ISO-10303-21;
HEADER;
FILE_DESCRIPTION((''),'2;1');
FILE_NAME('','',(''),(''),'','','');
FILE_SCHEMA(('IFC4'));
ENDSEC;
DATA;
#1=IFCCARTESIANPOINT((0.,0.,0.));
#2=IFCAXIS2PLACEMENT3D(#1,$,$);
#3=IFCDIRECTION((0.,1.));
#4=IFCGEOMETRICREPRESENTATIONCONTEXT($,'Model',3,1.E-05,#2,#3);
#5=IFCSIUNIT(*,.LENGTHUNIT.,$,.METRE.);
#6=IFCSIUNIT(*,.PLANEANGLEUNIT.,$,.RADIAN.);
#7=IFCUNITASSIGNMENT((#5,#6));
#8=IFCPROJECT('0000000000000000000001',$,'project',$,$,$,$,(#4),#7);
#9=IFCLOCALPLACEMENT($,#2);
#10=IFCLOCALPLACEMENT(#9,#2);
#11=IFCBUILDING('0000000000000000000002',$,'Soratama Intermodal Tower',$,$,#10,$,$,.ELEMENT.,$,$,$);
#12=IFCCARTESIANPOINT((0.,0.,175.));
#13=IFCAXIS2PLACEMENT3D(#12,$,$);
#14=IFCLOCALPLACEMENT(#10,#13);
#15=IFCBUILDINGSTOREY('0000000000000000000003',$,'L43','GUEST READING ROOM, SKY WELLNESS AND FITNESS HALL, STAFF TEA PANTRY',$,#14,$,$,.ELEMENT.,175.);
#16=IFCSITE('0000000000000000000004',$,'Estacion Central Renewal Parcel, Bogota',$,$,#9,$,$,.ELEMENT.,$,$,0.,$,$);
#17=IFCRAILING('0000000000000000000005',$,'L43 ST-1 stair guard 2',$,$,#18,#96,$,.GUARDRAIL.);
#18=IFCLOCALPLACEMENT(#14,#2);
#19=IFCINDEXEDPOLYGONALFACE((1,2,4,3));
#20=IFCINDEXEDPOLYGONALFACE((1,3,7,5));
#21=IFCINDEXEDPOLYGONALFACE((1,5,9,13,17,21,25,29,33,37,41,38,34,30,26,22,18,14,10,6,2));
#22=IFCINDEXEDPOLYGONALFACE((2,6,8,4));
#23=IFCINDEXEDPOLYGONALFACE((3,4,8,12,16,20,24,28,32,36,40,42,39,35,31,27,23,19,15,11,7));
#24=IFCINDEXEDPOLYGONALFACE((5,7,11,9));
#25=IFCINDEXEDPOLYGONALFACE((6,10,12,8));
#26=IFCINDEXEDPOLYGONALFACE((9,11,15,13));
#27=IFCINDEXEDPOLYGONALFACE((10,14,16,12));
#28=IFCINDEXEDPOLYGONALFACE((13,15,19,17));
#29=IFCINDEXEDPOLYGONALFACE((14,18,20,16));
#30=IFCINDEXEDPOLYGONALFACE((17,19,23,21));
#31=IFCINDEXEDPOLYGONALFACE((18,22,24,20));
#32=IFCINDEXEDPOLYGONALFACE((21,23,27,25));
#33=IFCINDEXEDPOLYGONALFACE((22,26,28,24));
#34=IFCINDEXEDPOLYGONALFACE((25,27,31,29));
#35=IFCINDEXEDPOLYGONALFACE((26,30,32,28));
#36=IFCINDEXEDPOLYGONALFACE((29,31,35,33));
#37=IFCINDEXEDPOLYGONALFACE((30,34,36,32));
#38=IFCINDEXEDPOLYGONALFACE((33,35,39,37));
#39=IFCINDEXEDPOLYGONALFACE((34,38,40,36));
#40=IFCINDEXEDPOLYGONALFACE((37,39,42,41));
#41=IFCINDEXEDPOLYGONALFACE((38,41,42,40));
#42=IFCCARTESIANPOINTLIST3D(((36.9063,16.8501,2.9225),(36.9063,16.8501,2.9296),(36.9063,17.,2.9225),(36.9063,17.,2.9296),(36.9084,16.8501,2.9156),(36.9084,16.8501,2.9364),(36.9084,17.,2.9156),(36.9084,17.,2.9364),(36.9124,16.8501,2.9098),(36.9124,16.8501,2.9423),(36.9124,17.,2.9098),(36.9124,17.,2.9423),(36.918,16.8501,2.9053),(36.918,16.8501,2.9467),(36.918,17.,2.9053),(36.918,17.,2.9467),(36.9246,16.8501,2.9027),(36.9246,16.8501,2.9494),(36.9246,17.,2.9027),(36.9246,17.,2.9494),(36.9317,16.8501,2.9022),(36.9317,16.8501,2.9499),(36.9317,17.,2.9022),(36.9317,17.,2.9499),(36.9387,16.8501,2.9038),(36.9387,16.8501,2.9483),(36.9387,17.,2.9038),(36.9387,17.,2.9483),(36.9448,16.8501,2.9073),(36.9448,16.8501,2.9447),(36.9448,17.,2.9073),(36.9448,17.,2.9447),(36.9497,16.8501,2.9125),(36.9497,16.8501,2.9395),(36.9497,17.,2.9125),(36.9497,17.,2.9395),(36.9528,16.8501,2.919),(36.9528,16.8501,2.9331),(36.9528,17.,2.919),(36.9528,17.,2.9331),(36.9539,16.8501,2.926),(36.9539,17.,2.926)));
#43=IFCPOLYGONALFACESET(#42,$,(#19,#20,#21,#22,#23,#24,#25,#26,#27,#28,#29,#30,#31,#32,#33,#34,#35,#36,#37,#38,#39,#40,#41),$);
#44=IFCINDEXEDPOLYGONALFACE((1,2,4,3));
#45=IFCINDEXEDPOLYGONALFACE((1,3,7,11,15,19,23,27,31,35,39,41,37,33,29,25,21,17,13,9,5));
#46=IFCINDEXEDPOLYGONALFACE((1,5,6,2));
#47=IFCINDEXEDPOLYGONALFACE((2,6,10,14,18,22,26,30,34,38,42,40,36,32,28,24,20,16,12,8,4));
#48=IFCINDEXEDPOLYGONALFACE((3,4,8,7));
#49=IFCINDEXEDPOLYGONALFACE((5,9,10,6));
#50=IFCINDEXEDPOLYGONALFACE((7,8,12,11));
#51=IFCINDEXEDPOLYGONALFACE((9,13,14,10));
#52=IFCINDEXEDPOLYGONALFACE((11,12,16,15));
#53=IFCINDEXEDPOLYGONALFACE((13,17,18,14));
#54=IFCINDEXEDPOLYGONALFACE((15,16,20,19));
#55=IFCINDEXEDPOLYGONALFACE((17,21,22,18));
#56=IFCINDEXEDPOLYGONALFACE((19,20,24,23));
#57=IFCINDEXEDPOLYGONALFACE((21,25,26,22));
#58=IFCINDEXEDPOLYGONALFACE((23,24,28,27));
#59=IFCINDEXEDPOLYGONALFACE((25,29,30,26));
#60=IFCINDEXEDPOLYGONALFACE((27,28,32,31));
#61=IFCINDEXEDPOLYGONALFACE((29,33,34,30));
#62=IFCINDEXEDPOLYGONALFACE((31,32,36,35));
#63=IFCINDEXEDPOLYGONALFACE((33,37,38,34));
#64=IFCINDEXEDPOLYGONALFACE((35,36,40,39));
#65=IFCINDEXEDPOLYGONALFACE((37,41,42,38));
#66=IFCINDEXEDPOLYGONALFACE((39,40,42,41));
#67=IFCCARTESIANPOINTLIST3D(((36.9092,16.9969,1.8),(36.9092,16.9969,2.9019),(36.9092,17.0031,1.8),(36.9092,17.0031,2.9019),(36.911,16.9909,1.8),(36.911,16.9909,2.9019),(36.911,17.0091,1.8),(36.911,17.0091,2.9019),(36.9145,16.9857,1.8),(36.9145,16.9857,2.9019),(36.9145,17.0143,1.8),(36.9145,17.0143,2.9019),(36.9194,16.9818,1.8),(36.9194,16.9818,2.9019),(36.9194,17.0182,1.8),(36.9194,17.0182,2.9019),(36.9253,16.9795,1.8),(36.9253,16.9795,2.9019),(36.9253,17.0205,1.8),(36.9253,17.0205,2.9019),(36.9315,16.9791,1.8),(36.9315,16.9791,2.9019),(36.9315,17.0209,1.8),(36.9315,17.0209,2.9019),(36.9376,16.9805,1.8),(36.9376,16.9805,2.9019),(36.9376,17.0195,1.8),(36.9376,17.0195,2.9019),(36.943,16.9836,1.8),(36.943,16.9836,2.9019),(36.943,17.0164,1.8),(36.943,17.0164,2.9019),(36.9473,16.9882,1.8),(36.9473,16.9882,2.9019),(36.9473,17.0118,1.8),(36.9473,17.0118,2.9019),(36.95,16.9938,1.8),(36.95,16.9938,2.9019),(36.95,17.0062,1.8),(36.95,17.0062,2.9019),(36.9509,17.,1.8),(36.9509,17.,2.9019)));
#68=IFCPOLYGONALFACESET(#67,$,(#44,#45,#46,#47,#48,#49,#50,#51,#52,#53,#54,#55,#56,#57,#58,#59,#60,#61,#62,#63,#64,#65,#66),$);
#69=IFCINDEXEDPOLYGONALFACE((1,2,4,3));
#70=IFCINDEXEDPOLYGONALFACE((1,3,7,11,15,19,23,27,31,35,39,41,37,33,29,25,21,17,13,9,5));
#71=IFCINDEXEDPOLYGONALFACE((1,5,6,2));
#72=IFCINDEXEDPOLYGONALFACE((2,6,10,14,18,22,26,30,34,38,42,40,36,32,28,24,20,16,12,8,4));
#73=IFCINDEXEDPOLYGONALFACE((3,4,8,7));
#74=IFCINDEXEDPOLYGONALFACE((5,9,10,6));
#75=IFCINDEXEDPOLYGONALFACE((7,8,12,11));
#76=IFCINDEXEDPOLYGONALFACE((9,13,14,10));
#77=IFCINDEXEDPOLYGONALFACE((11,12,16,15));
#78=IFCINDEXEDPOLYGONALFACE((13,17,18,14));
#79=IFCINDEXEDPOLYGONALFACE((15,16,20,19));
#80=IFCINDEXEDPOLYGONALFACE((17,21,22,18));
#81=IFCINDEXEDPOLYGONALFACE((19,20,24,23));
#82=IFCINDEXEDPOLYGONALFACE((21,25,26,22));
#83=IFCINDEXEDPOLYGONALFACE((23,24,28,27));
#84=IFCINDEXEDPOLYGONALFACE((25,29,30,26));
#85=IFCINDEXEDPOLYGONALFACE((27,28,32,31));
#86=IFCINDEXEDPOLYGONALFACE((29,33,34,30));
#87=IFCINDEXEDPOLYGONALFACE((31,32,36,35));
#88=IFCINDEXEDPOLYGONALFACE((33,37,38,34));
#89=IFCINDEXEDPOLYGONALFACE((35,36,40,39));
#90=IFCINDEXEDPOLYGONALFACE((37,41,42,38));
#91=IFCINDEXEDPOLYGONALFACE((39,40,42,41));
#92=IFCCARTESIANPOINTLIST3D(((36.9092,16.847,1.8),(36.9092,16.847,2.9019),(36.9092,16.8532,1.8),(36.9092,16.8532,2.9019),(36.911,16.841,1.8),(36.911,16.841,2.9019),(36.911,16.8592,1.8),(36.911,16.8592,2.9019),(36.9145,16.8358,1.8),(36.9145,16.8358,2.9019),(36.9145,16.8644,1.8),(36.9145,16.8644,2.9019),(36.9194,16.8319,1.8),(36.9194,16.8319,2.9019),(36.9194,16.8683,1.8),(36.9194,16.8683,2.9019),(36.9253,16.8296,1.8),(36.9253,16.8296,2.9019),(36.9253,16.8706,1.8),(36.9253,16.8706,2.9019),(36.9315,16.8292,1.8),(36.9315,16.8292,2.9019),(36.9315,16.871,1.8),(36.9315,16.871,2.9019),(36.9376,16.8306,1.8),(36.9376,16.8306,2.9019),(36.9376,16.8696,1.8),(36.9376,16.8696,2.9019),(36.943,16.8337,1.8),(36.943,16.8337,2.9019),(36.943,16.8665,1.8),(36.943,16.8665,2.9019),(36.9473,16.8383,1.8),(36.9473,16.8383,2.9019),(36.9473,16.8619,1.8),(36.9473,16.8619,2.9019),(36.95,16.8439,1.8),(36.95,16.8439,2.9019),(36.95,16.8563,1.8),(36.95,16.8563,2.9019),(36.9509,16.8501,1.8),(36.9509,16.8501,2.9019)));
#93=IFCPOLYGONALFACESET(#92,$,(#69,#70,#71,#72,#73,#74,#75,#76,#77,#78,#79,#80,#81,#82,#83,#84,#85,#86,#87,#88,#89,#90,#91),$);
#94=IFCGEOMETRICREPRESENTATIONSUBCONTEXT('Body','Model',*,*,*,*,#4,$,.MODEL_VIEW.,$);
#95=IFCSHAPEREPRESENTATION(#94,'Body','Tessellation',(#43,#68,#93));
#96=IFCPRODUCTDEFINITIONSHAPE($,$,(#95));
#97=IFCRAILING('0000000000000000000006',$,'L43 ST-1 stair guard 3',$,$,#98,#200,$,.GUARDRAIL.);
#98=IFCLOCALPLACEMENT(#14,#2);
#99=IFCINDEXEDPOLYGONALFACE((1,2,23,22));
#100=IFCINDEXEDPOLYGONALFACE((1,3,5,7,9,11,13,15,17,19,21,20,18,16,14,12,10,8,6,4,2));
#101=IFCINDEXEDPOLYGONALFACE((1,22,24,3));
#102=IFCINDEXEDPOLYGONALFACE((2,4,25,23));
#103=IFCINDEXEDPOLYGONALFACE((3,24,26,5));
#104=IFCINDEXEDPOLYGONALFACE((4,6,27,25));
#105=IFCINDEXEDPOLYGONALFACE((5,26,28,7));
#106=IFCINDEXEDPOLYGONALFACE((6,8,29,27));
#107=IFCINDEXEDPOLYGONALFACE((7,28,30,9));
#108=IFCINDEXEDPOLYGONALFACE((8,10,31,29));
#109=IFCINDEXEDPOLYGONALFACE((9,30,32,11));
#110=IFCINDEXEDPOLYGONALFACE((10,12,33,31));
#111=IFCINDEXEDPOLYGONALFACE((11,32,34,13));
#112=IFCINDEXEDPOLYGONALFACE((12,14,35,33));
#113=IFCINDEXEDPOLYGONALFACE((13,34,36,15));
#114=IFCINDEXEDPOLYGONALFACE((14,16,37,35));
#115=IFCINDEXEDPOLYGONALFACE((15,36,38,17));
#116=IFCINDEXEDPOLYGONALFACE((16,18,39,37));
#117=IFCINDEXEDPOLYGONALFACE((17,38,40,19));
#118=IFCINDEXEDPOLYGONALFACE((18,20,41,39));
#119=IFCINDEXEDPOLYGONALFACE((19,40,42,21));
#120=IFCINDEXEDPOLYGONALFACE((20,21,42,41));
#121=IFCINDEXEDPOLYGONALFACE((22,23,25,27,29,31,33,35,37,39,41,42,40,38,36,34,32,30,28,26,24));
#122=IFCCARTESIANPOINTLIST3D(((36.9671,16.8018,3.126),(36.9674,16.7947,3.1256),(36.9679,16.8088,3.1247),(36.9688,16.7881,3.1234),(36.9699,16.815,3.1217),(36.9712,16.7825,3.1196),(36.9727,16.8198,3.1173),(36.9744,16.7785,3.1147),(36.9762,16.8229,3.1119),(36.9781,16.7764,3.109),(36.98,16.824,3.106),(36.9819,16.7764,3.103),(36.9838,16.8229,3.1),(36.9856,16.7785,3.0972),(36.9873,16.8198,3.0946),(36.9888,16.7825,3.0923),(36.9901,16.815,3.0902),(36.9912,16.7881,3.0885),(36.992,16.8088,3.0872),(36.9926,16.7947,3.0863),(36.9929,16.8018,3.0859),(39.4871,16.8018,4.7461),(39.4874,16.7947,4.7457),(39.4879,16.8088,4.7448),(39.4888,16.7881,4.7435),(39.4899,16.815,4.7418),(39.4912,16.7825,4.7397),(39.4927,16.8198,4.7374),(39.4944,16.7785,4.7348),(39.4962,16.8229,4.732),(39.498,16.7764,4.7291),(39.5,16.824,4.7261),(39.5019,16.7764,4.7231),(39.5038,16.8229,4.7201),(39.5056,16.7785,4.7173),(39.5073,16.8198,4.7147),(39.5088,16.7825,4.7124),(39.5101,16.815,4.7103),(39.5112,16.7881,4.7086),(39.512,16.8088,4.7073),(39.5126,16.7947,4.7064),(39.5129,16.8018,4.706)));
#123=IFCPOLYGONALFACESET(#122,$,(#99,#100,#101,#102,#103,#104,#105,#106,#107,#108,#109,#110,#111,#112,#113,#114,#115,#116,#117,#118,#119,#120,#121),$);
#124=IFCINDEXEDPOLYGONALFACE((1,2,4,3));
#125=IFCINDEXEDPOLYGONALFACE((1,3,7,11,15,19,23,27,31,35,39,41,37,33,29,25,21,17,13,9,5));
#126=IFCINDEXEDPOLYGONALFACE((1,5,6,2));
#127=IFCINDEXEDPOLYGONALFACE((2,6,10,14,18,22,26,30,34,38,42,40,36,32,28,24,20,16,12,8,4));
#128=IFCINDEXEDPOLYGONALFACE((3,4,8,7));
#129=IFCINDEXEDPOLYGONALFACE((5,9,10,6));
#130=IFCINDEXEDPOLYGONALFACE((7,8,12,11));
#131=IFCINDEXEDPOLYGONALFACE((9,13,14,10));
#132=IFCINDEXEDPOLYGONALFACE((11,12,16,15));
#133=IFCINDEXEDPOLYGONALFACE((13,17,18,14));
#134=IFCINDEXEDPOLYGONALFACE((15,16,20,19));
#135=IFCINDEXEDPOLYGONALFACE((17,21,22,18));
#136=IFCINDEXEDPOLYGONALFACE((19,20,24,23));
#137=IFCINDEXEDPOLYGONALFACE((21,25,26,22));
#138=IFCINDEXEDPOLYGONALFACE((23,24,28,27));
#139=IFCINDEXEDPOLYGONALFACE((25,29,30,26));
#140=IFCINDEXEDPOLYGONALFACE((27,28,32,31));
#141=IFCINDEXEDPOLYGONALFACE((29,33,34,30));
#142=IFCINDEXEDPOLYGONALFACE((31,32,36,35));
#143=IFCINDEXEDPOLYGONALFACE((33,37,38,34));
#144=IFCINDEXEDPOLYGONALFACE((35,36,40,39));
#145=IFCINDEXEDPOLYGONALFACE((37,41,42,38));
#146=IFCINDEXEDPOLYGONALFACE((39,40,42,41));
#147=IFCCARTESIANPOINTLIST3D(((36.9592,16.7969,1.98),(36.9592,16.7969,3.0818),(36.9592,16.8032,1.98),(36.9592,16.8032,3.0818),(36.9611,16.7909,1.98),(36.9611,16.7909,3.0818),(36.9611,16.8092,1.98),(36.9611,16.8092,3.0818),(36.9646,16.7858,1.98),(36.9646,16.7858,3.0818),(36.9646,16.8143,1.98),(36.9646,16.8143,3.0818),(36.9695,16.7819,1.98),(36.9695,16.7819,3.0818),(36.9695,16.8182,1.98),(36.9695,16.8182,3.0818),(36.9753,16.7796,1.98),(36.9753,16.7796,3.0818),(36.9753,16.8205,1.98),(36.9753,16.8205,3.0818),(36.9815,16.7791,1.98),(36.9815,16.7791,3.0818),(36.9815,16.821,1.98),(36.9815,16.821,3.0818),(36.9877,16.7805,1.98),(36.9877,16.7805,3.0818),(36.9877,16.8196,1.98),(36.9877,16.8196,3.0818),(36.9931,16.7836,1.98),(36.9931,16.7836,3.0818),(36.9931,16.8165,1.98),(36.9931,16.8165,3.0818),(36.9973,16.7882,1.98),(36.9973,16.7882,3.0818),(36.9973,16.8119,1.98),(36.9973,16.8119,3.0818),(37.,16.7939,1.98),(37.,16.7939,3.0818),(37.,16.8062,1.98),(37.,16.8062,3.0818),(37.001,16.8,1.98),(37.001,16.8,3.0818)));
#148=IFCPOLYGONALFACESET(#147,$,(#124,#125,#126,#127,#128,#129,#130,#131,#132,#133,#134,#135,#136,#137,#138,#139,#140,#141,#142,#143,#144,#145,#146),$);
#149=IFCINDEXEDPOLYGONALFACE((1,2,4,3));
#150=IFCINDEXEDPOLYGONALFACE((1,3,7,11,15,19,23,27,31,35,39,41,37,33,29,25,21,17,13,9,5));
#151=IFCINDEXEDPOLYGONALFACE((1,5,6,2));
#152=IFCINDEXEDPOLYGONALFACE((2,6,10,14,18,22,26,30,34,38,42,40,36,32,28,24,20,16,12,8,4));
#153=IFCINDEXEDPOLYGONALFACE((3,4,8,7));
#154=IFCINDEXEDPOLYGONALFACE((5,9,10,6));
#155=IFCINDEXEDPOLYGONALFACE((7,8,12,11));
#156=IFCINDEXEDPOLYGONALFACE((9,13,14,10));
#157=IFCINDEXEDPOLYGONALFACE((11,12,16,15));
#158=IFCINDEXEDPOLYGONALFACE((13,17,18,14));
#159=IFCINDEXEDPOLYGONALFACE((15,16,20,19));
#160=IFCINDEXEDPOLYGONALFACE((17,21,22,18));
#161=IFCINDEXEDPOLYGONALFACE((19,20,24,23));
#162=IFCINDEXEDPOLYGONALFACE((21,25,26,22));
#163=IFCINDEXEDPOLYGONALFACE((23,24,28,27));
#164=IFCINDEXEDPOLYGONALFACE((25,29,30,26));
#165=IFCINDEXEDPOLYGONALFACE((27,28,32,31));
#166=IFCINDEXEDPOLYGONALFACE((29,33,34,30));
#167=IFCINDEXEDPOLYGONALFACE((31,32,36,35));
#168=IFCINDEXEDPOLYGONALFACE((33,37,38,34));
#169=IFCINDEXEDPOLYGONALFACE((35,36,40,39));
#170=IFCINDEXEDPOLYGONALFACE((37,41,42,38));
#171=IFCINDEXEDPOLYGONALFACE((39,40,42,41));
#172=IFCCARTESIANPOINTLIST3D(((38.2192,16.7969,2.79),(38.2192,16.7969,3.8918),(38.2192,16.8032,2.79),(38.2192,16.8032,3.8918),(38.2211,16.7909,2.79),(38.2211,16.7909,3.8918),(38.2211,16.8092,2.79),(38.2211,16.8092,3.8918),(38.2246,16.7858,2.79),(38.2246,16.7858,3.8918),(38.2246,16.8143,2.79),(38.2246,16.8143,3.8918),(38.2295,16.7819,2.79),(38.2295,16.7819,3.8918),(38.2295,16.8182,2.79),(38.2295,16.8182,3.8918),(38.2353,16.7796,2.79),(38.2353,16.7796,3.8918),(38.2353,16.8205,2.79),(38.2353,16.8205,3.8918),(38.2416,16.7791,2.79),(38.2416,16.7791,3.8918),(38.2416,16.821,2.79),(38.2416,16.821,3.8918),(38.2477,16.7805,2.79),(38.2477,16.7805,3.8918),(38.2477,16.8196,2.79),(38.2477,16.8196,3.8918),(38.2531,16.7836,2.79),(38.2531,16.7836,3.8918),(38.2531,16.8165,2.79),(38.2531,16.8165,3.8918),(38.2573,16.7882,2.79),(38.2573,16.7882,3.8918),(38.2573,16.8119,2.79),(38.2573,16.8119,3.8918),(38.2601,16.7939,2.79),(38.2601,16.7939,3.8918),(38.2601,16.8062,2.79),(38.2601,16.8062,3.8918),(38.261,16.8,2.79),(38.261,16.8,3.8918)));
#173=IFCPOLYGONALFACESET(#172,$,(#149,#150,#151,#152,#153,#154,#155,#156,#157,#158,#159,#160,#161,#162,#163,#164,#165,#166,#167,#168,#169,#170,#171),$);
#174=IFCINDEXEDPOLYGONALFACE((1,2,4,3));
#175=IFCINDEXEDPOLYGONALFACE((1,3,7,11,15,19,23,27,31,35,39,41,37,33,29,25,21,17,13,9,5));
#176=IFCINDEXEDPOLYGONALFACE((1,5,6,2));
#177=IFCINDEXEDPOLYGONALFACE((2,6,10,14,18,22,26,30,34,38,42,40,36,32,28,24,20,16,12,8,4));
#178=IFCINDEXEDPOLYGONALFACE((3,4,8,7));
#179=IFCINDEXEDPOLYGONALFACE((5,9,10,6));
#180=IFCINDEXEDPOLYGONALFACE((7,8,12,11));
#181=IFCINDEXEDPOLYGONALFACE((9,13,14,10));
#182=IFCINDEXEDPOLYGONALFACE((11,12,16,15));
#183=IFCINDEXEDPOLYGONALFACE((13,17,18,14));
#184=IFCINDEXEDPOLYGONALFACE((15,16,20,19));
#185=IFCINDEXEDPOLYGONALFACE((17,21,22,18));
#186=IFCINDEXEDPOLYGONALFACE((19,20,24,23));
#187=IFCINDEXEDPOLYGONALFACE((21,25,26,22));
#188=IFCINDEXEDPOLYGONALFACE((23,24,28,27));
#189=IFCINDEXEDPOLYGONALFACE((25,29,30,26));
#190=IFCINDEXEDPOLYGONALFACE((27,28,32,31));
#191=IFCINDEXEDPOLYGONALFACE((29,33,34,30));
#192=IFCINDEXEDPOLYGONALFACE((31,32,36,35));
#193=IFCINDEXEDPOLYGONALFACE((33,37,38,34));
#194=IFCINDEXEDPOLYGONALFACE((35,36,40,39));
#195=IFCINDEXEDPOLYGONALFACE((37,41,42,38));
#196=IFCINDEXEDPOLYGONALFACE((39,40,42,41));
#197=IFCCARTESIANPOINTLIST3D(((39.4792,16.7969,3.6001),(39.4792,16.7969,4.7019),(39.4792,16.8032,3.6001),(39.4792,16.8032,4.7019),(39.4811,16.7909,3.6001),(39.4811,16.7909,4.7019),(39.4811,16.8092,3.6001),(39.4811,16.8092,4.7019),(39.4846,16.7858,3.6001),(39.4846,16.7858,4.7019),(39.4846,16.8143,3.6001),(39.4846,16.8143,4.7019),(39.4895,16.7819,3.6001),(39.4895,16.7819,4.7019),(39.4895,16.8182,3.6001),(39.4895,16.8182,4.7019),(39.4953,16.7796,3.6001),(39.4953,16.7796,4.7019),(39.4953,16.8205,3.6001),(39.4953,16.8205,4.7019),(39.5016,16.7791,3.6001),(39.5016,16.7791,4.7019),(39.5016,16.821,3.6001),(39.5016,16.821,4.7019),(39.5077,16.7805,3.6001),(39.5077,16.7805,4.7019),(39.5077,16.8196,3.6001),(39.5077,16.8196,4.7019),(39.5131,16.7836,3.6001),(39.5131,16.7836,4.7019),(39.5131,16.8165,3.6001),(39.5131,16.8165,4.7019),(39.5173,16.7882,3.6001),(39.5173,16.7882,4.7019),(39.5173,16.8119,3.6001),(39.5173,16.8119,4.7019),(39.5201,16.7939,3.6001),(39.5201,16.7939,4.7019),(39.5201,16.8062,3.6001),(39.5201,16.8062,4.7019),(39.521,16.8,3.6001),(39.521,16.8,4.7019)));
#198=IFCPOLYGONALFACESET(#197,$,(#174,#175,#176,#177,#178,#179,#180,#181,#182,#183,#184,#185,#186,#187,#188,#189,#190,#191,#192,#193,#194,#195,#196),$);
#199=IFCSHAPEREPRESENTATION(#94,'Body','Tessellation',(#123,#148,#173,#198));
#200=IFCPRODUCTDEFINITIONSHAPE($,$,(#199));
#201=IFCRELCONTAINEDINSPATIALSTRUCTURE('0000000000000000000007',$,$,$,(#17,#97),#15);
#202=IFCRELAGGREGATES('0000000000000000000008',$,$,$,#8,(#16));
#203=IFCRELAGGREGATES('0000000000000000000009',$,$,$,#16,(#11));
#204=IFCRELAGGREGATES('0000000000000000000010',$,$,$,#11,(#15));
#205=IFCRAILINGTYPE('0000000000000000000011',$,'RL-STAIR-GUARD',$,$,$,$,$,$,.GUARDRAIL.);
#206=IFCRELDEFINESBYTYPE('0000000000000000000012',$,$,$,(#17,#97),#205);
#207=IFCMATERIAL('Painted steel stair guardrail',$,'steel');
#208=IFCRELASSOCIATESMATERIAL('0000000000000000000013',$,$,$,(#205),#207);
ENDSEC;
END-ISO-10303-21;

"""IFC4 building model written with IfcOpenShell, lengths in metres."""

from ifc_helpers import new_model, si_unit, direction, frame, origin, origin_2d, place, context, subcontext, project, spatial, circle, extrude, material, type_object, element, save


model = new_model("IFC4")

# Units and contexts
model_context = context("Model", 3, precision=1e-05, world=origin(), true_north=direction((0.0, 1.0)))
body_context = subcontext(model_context, "Body", "Model", "MODEL_VIEW")
ifc_project = project(units=[si_unit("LENGTHUNIT", "METRE"), si_unit("PLANEANGLEUNIT", "RADIAN")], contexts=[model_context])

# Site, building, storey
site_placement = place(None, origin())
site = spatial("IfcSite", under=ifc_project, at=site_placement, Name="Estacion Central Renewal Parcel, Bogota", CompositionType="ELEMENT", RefElevation=0.0)
building_placement = place(site_placement, origin())
building = spatial("IfcBuilding", under=site, at=building_placement, Name="Soratama Intermodal Tower", CompositionType="ELEMENT")
storey_placement = place(building_placement, frame((0.0, 0.0, 175.0)))
storey = spatial("IfcBuildingStorey", under=building, at=storey_placement, Name="L43", Description="GUEST READING ROOM, SKY WELLNESS AND FITNESS HALL, STAFF TEA PANTRY", CompositionType="ELEMENT", Elevation=175.0)

# Railings
ifc_material_1 = material(Name="Painted steel stair guardrail", Category="steel")
railing_type_1 = type_object("IfcRailingType", Name="RL-STAIR-GUARD", PredefinedType="GUARDRAIL", material=ifc_material_1)
railing_1_placement = place(storey_placement, frame((36.9299, 17.0, 1.8)))
element("IfcRailing", 1, at=railing_1_placement, inside=storey, type_object=railing_type_1, Name="L43 ST-1 stair guard 2", PredefinedType="GUARDRAIL", context=body_context, shape_type="SweptSolid", body=[
    extrude(circle(Radius=0.0239, at=origin_2d()), frame((0.0, 0.0, 1.126), z_axis=(0.0, -1.0, 0.0), x_axis=(1.0, 0.0, 0.0)), (0.0, 0.0, 1.0), 0.1499),
    extrude(circle(Radius=0.021, at=origin_2d()), origin(), (0.0, 0.0, 1.0), 1.1018),
    extrude(circle(Radius=0.021, at=origin_2d()), frame((0.0, -0.1499, 0.0)), (0.0, 0.0, 1.0), 1.1018),
])
railing_2_placement = place(storey_placement, frame((36.98, 16.8, 1.98)))
element("IfcRailing", 2, at=railing_2_placement, inside=storey, type_object=railing_type_1, Name="L43 ST-1 stair guard 3", PredefinedType="GUARDRAIL", context=body_context, shape_type="SweptSolid", body=[
    extrude(circle(Radius=0.0239, at=origin_2d()), frame((0.0, 0.0, 1.126), z_axis=(0.841163, 0.0, 0.540782), x_axis=(0.0, 1.0, 0.0)), (0.0, 0.0, 1.0), 2.9958),
    extrude(circle(Radius=0.021, at=origin_2d()), origin(), (0.0, 0.0, 1.0), 1.1018),
    extrude(circle(Radius=0.021, at=origin_2d()), frame((1.26, 0.0, 0.8101)), (0.0, 0.0, 1.0), 1.1018),
    extrude(circle(Radius=0.021, at=origin_2d()), frame((2.52, 0.0, 1.6201)), (0.0, 0.0, 1.0), 1.1018),
])

save(model, "model.ifc")
